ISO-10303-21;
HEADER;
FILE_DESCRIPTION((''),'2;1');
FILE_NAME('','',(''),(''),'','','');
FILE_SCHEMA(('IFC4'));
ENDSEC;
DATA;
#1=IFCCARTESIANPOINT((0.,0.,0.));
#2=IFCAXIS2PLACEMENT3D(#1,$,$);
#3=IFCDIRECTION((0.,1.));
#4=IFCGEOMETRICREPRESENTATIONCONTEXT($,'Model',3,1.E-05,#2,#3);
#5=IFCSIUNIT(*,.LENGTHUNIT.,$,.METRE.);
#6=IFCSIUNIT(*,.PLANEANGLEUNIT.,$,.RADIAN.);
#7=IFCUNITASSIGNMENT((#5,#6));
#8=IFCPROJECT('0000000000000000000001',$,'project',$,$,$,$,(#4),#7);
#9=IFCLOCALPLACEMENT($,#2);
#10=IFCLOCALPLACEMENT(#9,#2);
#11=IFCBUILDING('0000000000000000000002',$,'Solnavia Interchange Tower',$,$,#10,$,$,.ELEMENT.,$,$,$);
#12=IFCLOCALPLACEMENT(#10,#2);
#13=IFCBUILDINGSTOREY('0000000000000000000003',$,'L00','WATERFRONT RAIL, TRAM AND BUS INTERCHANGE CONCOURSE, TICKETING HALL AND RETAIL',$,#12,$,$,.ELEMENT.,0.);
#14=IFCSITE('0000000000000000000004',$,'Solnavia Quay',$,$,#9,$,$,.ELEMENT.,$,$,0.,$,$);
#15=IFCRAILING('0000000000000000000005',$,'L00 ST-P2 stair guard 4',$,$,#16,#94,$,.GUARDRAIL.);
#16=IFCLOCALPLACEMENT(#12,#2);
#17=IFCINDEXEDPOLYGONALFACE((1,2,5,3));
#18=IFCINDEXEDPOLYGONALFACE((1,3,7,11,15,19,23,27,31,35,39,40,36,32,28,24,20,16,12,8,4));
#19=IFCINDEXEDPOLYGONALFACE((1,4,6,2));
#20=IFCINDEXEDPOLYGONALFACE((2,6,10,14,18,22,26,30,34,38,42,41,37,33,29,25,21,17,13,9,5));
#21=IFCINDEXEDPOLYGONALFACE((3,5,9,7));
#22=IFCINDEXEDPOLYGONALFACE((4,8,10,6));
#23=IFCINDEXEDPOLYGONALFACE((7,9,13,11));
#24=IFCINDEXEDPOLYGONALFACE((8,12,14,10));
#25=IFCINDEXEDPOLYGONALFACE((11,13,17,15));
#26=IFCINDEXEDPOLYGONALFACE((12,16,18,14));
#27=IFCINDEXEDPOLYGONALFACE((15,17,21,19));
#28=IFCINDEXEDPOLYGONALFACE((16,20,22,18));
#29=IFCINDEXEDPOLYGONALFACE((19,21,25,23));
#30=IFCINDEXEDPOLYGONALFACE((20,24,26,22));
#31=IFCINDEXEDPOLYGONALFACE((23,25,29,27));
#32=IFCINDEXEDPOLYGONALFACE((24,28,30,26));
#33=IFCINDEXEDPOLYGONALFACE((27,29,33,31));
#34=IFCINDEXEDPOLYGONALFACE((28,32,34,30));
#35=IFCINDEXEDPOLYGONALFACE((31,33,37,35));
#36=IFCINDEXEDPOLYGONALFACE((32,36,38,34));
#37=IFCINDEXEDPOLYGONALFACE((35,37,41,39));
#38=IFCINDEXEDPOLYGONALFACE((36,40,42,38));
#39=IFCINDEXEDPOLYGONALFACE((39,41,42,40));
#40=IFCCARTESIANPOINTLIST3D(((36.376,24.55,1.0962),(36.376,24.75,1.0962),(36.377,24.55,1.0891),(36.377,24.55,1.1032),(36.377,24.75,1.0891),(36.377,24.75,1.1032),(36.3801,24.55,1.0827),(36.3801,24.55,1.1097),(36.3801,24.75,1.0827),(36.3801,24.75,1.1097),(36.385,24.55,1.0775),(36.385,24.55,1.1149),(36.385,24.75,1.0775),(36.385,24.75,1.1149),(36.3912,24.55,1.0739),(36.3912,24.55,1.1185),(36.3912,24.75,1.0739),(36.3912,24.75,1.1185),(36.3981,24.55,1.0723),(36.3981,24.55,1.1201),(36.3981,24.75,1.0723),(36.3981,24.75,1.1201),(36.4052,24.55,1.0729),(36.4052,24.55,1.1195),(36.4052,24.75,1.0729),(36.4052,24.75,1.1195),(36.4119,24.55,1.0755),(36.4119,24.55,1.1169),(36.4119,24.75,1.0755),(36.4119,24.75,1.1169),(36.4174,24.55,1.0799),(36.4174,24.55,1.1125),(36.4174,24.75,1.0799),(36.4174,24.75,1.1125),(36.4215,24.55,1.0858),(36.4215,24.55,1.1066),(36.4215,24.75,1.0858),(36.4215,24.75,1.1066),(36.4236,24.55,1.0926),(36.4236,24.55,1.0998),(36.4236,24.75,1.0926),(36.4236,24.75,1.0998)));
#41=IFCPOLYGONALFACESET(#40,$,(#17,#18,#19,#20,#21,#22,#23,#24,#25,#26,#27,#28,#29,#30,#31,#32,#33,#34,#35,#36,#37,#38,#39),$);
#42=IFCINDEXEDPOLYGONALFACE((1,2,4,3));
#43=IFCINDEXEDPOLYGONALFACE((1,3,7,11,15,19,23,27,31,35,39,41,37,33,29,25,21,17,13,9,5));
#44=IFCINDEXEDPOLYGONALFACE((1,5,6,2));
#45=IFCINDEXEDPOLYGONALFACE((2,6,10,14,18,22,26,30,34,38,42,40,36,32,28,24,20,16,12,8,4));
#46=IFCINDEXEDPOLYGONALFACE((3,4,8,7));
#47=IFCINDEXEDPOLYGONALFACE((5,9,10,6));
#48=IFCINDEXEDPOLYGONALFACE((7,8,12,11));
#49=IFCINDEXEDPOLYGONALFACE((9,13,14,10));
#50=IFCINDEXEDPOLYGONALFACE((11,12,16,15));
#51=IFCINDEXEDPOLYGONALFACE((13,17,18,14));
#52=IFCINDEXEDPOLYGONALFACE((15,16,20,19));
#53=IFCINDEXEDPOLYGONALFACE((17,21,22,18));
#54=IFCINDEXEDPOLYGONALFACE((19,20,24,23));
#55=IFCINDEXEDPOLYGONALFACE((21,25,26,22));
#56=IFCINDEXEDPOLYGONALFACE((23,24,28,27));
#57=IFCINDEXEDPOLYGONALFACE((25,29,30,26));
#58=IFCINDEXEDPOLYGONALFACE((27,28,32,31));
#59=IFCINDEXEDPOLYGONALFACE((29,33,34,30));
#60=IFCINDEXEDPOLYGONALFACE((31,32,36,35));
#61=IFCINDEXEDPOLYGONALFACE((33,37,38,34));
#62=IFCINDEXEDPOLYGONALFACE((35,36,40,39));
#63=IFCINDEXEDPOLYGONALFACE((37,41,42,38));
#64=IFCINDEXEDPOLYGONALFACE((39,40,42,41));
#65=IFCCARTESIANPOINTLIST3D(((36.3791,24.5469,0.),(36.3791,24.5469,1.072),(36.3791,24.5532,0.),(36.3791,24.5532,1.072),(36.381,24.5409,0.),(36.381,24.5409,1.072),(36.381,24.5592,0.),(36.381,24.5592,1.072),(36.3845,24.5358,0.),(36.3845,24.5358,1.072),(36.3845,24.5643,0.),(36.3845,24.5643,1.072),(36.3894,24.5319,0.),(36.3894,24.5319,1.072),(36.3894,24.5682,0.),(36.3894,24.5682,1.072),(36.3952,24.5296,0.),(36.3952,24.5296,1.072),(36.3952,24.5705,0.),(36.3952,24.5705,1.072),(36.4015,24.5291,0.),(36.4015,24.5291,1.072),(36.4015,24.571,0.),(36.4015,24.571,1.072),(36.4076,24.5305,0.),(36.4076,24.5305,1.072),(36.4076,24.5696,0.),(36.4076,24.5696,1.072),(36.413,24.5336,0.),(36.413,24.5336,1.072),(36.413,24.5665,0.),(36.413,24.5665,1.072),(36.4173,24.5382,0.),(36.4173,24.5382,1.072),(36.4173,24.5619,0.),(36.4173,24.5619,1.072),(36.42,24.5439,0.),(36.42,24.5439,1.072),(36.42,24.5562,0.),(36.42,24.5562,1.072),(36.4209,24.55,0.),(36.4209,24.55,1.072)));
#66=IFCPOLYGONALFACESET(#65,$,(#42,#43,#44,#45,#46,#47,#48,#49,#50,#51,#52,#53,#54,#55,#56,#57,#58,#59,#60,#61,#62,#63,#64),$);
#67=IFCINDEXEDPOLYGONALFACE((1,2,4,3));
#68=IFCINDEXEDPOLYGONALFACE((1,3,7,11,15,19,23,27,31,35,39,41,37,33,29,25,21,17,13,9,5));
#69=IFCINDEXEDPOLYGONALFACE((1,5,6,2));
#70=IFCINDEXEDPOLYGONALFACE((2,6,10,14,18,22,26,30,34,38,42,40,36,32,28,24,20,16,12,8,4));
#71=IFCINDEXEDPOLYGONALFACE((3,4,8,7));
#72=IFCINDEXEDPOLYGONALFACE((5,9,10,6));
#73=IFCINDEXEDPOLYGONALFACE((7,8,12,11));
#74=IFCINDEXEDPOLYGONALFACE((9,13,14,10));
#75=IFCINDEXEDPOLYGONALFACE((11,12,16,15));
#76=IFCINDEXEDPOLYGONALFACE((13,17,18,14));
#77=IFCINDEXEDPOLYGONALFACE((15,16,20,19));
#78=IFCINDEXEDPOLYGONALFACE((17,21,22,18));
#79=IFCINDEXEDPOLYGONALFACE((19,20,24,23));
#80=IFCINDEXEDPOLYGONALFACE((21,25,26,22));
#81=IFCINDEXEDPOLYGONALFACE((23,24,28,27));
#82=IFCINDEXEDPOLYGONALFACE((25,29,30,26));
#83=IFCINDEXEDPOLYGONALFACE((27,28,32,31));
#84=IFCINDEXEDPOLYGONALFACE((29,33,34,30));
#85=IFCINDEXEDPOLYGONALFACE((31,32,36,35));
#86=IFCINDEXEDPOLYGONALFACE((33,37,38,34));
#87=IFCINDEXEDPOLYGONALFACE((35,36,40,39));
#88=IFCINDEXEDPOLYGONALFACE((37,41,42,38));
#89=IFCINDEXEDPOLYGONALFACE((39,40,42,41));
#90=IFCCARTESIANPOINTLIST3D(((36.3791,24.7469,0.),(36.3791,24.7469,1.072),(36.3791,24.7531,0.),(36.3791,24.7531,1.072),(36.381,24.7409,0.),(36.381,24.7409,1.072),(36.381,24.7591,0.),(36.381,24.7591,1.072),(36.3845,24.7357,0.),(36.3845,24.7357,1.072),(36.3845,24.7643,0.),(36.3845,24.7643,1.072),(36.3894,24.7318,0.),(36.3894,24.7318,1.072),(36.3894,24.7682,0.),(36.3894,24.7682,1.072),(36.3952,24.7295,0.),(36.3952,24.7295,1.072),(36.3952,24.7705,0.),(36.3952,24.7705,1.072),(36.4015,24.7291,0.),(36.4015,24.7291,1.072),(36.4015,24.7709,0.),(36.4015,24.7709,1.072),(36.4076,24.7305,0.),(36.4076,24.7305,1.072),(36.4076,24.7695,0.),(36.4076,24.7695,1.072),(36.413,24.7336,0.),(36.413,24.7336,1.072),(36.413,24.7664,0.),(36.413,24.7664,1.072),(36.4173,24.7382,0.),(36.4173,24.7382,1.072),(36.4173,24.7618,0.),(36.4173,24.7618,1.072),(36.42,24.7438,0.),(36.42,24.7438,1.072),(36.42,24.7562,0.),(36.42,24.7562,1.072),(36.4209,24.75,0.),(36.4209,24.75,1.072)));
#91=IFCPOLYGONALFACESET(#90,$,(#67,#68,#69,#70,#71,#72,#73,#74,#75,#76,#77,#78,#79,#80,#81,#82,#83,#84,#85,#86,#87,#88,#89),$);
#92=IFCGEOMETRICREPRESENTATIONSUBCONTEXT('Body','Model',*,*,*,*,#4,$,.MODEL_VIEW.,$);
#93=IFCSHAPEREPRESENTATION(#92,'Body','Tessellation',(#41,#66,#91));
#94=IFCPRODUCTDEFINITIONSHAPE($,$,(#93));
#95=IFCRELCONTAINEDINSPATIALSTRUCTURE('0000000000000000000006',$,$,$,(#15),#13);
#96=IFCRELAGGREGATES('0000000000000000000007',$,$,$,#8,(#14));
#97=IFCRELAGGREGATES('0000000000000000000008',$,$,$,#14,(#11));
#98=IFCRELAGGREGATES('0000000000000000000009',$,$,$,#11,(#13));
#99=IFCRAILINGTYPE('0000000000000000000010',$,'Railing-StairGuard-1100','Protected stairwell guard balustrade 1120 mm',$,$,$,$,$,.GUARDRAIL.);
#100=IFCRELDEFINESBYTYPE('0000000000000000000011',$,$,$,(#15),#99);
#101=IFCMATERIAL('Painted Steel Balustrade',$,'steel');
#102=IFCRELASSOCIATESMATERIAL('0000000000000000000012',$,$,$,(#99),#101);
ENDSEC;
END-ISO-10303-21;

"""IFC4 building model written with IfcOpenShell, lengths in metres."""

from ifc_helpers import new_model, si_unit, direction, frame, origin, origin_2d, place, context, subcontext, project, spatial, circle, extrude, material, type_object, element, save


model = new_model("IFC4")

# Units and contexts
model_context = context("Model", 3, precision=1e-05, world=origin(), true_north=direction((0.0, 1.0)))
body_context = subcontext(model_context, "Body", "Model", "MODEL_VIEW")
ifc_project = project(units=[si_unit("LENGTHUNIT", "METRE"), si_unit("PLANEANGLEUNIT", "RADIAN")], contexts=[model_context])

# Site, building, storey
site_placement = place(None, origin())
site = spatial("IfcSite", under=ifc_project, at=site_placement, Name="Solnavia Quay", CompositionType="ELEMENT", RefElevation=0.0)
building_placement = place(site_placement, origin())
building = spatial("IfcBuilding", under=site, at=building_placement, Name="Solnavia Interchange Tower", CompositionType="ELEMENT")
storey_placement = place(building_placement, origin())
storey = spatial("IfcBuildingStorey", under=building, at=storey_placement, Name="L00", Description="WATERFRONT RAIL, TRAM AND BUS INTERCHANGE CONCOURSE, TICKETING HALL AND RETAIL", CompositionType="ELEMENT", Elevation=0.0)

# Railing
ifc_material_1 = material(Name="Painted Steel Balustrade", Category="steel")
railing_type_1 = type_object("IfcRailingType", Name="Railing-StairGuard-1100", Description="Protected stairwell guard balustrade 1120 mm", PredefinedType="GUARDRAIL", material=ifc_material_1)
railing_1_placement = place(storey_placement, frame((36.3999, 24.55, 0.0)))
element("IfcRailing", 1, at=railing_1_placement, inside=storey, type_object=railing_type_1, Name="L00 ST-P2 stair guard 4", PredefinedType="GUARDRAIL", context=body_context, shape_type="SweptSolid", body=[
    extrude(circle(Radius=0.0239, at=origin_2d()), frame((0.0, 0.0, 1.0962), z_axis=(0.0, 1.0, 0.0), x_axis=(-1.0, 0.0, 0.0)), (0.0, 0.0, 1.0), 0.2),
    extrude(circle(Radius=0.021, at=origin_2d()), origin(), (0.0, 0.0, 1.0), 1.072),
    extrude(circle(Radius=0.021, at=origin_2d()), frame((0.0, 0.2, 0.0)), (0.0, 0.0, 1.0), 1.072),
])

save(model, "model.ifc")
